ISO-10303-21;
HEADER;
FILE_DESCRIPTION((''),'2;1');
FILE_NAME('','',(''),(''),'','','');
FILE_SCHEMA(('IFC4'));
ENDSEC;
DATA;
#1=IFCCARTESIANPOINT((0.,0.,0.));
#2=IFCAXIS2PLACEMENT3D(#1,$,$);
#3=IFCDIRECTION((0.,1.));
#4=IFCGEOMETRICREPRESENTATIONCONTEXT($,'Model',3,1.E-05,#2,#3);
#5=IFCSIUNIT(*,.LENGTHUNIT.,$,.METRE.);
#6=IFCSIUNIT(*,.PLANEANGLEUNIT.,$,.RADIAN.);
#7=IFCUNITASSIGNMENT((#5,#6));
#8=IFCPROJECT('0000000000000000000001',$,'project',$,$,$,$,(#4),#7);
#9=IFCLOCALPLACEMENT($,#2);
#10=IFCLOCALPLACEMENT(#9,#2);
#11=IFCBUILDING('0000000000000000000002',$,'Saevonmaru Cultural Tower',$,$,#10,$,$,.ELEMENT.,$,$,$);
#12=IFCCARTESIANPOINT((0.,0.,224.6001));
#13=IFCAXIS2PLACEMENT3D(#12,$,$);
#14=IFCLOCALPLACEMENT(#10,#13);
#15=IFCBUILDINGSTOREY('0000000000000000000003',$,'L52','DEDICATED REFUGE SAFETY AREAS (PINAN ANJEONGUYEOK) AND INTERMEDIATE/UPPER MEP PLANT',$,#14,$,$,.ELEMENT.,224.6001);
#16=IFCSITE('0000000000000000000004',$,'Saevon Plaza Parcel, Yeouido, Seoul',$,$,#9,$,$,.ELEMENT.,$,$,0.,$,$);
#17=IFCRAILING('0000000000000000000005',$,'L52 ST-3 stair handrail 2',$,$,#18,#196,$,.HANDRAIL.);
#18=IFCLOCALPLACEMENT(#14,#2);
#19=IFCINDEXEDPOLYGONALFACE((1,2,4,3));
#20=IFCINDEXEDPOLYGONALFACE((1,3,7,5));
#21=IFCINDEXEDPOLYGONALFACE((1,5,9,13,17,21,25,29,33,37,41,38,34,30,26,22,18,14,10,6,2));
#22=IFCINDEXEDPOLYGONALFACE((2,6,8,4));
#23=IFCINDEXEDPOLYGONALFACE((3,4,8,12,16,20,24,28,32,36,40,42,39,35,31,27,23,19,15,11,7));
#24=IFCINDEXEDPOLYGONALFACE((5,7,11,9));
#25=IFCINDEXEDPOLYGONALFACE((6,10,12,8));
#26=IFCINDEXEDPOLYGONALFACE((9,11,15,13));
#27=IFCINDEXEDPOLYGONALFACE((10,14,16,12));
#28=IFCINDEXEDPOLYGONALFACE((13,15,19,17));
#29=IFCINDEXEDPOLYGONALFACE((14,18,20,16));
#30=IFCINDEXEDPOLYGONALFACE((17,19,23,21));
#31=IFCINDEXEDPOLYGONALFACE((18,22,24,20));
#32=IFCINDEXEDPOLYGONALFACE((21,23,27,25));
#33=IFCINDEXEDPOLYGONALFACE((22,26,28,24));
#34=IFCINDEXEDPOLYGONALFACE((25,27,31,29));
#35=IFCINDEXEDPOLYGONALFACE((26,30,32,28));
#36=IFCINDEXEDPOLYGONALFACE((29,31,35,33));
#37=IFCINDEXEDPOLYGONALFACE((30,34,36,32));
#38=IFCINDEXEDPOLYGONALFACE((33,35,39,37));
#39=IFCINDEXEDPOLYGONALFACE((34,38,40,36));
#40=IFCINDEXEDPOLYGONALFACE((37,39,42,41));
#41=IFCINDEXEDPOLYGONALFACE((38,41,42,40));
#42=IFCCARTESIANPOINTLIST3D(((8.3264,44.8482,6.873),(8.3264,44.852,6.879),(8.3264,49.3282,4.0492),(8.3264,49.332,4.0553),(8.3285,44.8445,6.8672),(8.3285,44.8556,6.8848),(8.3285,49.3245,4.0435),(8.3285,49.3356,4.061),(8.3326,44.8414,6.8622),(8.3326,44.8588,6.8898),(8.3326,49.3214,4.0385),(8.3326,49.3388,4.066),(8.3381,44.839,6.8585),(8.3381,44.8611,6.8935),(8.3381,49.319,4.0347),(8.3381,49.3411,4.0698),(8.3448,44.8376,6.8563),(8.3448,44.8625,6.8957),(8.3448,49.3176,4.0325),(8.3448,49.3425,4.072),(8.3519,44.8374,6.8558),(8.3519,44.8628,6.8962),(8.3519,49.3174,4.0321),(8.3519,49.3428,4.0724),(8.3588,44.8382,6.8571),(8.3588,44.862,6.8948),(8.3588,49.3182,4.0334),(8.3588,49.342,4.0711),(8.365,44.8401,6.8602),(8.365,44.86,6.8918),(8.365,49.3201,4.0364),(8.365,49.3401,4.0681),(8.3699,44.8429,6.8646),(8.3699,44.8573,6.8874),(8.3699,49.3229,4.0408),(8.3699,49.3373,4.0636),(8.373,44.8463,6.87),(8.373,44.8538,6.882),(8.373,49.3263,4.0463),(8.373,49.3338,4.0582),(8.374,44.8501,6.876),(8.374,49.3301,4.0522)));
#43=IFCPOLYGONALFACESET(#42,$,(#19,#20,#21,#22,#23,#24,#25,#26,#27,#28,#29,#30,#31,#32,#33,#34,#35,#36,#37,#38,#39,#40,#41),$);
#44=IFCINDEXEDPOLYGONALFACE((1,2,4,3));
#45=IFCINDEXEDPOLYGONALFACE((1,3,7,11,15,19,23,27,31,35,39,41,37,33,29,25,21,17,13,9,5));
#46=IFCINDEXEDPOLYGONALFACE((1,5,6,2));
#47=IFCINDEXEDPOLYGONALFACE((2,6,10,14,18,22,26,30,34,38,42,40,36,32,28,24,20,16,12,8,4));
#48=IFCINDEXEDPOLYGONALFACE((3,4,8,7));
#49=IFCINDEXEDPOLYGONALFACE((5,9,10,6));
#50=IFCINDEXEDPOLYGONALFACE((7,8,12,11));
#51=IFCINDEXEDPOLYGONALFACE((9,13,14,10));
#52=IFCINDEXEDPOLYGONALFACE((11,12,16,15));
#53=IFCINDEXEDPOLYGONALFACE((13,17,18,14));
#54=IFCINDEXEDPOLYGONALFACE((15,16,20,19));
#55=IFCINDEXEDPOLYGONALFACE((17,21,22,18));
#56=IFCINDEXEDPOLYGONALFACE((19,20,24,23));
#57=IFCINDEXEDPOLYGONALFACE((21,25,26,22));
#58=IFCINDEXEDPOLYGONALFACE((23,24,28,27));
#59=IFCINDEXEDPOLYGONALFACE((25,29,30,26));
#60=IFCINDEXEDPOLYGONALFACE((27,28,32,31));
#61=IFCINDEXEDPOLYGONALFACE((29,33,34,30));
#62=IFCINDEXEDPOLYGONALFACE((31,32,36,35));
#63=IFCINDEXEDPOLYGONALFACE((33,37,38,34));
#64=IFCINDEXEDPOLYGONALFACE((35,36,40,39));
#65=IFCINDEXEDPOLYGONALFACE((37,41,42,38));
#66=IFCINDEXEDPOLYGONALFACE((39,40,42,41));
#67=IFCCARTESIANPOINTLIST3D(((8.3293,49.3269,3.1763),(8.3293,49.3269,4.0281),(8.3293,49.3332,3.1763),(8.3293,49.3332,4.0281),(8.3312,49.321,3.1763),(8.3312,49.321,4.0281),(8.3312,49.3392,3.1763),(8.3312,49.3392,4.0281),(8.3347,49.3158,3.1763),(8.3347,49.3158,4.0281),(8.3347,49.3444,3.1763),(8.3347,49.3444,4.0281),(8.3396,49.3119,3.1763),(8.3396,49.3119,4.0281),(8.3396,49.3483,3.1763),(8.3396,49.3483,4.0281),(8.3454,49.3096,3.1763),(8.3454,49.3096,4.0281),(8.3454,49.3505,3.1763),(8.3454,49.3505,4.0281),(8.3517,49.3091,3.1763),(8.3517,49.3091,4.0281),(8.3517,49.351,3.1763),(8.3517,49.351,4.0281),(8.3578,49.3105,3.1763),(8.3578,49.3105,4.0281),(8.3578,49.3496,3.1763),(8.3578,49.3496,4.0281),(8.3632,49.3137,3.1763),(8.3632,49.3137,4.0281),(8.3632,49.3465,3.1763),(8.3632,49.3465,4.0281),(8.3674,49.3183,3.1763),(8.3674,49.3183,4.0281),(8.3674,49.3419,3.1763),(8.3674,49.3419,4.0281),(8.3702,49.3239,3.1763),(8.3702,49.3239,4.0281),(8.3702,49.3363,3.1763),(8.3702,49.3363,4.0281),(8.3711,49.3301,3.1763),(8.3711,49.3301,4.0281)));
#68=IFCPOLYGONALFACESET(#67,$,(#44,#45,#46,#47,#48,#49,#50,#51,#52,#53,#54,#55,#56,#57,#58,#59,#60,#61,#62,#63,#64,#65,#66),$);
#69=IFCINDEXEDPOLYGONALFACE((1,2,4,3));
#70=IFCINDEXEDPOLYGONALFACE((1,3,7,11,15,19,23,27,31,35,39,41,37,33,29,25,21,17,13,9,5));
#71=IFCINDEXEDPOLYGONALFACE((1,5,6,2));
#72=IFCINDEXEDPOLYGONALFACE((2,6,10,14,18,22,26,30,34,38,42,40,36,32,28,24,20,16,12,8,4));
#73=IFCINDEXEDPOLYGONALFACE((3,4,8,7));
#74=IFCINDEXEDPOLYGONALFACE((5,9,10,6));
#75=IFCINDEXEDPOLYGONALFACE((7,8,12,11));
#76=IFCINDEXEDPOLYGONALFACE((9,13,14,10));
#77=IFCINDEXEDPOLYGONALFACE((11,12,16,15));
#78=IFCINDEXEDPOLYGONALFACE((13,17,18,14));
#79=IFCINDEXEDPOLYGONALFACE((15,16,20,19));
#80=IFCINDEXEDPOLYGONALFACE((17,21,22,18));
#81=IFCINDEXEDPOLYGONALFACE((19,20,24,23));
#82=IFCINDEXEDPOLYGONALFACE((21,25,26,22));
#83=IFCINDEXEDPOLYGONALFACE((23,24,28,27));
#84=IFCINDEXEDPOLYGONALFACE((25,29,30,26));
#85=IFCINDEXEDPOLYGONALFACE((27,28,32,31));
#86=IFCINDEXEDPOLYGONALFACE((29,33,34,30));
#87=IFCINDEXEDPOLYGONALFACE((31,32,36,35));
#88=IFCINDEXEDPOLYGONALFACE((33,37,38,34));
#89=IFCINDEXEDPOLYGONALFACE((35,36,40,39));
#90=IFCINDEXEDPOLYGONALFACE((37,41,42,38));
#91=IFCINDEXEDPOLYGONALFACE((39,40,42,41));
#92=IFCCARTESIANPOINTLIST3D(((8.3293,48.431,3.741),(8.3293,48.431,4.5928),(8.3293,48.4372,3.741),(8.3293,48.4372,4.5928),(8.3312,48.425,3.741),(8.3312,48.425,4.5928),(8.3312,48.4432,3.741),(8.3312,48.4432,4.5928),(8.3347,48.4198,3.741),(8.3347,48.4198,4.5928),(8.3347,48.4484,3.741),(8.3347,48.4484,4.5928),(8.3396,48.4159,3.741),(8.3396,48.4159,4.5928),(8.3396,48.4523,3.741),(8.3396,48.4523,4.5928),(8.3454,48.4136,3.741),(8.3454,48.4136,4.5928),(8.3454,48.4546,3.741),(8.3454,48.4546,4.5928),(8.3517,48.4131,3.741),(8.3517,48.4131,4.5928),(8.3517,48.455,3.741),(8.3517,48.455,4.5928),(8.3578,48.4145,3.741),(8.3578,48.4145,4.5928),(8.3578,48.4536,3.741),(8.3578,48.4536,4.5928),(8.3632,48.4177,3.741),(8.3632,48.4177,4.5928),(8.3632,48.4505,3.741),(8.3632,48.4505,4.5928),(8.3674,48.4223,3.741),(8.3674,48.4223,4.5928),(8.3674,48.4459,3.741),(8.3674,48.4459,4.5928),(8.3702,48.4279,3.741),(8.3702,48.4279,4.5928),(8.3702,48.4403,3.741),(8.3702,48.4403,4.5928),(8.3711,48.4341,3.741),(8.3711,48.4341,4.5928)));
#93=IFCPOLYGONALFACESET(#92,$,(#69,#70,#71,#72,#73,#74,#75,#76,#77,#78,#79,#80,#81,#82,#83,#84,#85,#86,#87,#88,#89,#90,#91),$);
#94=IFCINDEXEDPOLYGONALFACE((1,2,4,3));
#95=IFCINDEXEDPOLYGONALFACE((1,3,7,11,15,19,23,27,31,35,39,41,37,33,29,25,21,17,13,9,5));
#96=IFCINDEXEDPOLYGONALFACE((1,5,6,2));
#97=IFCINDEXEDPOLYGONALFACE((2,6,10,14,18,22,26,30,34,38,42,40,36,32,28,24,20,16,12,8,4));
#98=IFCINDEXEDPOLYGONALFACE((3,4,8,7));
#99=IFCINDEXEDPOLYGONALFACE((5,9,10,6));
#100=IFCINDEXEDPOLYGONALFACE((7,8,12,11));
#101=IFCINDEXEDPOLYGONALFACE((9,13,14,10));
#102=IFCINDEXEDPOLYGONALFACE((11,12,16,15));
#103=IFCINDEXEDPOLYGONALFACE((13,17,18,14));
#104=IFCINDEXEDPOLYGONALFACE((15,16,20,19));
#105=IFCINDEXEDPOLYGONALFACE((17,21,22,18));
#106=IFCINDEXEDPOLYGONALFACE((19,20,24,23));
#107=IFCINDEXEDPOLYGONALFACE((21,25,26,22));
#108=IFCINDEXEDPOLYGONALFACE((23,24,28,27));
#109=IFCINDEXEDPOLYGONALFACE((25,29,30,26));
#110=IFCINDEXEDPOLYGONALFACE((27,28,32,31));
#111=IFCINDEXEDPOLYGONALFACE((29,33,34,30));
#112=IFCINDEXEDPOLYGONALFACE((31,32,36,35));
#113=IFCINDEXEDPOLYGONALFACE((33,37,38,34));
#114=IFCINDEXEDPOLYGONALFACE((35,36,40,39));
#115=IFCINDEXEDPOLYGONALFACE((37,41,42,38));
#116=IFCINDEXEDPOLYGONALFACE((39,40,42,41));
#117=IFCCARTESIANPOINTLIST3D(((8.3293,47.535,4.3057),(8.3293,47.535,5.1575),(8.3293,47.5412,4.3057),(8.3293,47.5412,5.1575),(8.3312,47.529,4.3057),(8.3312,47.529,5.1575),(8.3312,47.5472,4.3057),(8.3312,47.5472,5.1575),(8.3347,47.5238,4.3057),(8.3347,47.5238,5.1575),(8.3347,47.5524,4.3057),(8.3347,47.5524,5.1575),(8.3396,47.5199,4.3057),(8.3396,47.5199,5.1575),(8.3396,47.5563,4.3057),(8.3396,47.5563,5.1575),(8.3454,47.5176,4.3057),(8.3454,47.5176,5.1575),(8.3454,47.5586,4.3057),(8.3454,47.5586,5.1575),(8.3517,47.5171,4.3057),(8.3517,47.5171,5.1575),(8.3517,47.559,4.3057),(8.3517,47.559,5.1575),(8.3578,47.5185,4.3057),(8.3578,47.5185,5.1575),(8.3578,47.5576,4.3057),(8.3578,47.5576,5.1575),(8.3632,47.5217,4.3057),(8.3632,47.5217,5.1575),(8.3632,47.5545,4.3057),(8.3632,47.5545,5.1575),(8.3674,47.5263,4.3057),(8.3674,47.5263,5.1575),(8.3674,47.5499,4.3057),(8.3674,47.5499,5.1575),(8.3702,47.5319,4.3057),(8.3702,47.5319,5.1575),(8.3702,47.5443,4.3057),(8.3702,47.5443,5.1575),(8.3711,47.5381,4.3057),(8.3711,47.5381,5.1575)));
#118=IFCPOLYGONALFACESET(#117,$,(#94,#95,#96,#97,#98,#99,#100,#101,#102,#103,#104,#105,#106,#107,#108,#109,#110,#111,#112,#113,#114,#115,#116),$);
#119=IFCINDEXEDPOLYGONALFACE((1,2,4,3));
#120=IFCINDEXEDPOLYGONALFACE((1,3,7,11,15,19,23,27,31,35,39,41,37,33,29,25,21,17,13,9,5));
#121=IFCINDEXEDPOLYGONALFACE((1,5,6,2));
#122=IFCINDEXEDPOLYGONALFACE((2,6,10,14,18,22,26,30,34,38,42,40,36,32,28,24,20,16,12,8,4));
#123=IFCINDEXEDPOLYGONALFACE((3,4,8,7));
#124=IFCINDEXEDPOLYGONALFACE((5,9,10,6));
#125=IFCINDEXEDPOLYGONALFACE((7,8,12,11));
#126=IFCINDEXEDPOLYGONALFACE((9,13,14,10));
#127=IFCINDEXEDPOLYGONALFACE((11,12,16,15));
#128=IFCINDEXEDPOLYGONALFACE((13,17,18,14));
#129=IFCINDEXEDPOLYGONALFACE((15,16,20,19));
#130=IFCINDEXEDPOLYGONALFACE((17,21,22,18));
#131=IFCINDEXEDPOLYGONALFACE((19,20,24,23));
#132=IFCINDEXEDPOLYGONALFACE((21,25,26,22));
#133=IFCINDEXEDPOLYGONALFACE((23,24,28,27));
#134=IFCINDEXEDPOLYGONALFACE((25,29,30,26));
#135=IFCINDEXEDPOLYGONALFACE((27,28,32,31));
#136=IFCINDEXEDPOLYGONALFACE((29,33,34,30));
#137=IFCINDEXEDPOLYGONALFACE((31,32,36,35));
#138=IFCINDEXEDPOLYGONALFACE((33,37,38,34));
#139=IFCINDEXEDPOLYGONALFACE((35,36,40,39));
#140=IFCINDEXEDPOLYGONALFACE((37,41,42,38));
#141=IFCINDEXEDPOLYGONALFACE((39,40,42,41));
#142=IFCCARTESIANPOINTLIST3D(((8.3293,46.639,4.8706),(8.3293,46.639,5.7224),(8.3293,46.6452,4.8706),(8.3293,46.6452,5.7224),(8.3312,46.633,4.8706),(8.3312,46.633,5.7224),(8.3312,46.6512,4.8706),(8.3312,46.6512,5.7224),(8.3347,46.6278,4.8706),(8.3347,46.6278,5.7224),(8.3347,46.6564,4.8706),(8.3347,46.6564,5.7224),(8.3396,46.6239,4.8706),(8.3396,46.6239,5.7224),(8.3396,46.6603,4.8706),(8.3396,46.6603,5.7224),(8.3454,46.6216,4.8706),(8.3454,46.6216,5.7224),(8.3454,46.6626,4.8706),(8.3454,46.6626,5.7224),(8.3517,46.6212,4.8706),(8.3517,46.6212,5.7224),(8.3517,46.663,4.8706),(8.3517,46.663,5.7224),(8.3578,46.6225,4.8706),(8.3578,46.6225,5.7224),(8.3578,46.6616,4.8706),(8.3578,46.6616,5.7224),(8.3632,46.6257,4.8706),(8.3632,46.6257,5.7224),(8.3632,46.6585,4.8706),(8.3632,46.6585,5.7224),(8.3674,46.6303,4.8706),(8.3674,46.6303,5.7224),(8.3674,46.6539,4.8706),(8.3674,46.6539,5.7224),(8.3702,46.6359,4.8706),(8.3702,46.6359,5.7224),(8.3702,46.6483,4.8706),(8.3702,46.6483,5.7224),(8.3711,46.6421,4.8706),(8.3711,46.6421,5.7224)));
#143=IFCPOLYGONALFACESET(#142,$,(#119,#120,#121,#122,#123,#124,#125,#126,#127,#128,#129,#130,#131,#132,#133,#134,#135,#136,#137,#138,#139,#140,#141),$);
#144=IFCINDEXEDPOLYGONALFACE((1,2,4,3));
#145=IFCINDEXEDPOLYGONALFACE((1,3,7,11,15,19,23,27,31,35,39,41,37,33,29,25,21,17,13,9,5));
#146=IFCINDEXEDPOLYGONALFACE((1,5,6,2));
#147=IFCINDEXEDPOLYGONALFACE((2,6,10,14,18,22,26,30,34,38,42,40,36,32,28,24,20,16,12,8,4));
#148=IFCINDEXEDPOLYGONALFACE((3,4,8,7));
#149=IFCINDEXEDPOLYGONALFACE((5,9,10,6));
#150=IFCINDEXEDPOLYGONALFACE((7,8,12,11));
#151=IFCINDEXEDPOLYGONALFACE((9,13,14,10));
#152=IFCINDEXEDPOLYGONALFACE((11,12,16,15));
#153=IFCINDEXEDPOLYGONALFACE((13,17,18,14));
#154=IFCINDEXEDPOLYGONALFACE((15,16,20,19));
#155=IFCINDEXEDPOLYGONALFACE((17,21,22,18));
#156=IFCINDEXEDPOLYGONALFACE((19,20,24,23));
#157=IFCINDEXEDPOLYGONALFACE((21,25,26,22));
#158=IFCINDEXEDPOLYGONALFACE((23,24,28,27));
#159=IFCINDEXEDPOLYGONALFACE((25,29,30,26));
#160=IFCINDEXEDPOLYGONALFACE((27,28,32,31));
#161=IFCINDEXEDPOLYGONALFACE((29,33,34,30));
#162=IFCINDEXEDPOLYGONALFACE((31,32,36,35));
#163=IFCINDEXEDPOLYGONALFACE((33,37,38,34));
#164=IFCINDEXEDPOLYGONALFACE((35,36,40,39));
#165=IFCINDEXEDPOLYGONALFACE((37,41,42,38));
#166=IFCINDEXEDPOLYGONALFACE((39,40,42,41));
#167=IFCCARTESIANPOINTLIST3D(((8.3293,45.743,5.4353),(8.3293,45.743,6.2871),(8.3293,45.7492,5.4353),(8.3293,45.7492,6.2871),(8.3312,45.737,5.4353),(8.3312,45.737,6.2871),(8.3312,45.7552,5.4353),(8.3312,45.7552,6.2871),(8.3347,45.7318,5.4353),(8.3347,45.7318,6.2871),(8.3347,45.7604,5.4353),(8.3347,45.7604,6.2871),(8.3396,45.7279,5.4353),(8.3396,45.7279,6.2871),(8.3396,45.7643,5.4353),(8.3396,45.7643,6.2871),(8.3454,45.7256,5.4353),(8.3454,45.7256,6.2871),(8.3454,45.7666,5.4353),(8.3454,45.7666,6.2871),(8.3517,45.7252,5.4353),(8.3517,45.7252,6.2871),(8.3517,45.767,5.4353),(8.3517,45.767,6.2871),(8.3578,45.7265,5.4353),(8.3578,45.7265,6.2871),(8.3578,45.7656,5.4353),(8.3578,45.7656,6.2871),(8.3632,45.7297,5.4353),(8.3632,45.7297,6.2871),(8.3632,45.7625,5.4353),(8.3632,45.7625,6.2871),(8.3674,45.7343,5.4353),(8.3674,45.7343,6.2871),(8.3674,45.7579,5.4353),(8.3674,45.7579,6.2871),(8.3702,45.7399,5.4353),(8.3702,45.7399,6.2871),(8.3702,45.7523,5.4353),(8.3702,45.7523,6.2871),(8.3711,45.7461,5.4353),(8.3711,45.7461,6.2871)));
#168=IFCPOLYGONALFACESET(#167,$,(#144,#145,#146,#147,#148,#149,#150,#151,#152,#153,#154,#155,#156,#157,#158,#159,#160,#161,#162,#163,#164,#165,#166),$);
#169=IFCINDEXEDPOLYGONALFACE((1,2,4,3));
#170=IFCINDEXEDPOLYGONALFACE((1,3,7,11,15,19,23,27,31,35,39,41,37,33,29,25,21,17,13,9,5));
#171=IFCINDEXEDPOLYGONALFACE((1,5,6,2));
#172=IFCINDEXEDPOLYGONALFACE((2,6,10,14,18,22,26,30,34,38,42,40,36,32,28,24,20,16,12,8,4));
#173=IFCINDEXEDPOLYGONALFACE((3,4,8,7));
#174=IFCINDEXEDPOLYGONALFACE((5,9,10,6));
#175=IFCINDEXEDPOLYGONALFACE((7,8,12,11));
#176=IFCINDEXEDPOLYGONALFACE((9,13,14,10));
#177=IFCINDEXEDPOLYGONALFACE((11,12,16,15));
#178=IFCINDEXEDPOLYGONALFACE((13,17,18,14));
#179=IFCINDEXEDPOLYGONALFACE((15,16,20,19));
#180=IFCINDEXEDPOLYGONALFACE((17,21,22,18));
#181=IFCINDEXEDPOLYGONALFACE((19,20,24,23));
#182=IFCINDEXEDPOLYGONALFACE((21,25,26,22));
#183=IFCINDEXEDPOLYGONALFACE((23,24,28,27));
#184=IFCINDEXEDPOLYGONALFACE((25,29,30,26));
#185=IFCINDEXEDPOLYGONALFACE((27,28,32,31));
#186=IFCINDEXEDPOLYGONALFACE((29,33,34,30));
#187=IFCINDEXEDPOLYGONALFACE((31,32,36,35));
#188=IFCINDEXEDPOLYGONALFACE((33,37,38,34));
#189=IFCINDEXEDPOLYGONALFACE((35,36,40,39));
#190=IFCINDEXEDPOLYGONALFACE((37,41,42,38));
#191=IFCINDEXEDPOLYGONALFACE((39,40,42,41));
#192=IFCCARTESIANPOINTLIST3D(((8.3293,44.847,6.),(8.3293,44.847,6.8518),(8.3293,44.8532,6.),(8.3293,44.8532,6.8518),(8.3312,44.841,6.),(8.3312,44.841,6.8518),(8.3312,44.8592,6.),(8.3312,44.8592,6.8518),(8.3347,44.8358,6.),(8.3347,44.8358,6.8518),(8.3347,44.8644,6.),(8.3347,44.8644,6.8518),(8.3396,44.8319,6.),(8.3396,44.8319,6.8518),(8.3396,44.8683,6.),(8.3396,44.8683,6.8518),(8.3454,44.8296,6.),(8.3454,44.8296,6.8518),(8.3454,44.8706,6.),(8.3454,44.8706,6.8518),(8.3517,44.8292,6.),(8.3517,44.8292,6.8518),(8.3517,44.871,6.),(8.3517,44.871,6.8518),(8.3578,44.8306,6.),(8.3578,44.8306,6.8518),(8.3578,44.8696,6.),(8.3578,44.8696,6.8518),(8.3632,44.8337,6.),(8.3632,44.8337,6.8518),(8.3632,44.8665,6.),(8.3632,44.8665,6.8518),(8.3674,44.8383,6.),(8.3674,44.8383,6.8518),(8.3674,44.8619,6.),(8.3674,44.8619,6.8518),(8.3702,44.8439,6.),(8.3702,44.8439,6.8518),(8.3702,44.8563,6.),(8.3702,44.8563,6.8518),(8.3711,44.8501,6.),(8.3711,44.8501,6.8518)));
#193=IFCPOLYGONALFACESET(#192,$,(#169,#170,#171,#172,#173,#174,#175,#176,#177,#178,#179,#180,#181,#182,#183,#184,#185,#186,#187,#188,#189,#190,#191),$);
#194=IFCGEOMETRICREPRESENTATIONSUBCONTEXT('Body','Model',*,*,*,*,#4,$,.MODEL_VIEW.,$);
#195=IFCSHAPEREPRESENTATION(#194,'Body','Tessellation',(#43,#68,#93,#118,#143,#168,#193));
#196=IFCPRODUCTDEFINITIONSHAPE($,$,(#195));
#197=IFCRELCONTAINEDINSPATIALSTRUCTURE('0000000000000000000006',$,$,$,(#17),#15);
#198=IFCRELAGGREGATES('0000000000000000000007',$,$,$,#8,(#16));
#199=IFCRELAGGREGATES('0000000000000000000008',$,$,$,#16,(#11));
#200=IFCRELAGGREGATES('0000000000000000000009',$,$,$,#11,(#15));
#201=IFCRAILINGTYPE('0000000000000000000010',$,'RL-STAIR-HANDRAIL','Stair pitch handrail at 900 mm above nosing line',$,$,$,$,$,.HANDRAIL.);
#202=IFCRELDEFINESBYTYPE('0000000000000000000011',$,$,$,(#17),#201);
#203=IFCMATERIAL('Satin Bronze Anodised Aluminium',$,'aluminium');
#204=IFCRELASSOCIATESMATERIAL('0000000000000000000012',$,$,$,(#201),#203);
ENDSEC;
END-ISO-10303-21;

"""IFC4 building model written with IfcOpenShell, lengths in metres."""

from ifc_helpers import new_model, si_unit, direction, frame, origin, origin_2d, place, context, subcontext, project, spatial, circle, extrude, material, type_object, element, save


model = new_model("IFC4")

# Units and contexts
model_context = context("Model", 3, precision=1e-05, world=origin(), true_north=direction((0.0, 1.0)))
body_context = subcontext(model_context, "Body", "Model", "MODEL_VIEW")
ifc_project = project(units=[si_unit("LENGTHUNIT", "METRE"), si_unit("PLANEANGLEUNIT", "RADIAN")], contexts=[model_context])

# Site, building, storey
site_placement = place(None, origin())
site = spatial("IfcSite", under=ifc_project, at=site_placement, Name="Saevon Plaza Parcel, Yeouido, Seoul", CompositionType="ELEMENT", RefElevation=0.0)
building_placement = place(site_placement, origin())
building = spatial("IfcBuilding", under=site, at=building_placement, Name="Saevonmaru Cultural Tower", CompositionType="ELEMENT")
storey_placement = place(building_placement, frame((0.0, 0.0, 224.6001)))
storey = spatial("IfcBuildingStorey", under=building, at=storey_placement, Name="L52", Description="DEDICATED REFUGE SAFETY AREAS (PINAN ANJEONGUYEOK) AND INTERMEDIATE/UPPER MEP PLANT", CompositionType="ELEMENT", Elevation=224.6001)

# Shared definitions
ifc_material_1 = material(Name="Satin Bronze Anodised Aluminium", Category="aluminium")

# Railing
railing_type_1 = type_object("IfcRailingType", Name="RL-STAIR-HANDRAIL", Description="Stair pitch handrail at 900 mm above nosing line", PredefinedType="HANDRAIL", material=ifc_material_1)
railing_1_placement = place(storey_placement, frame((8.3501, 49.3301, 3.1763)))
element("IfcRailing", 1, at=railing_1_placement, inside=storey, type_object=railing_type_1, Name="L52 ST-3 stair handrail 2", PredefinedType="HANDRAIL", context=body_context, shape_type="SweptSolid", body=[
    extrude(circle(Radius=0.0239, at=origin_2d()), frame((0.0, 0.0, 0.876), z_axis=(0.0, -0.845977, 0.533219), x_axis=(1.0, 0.0, 0.0)), (0.0, 0.0, 1.0), 5.2957),
    extrude(circle(Radius=0.021, at=origin_2d()), origin(), (0.0, 0.0, 1.0), 0.8518),
    extrude(circle(Radius=0.021, at=origin_2d()), frame((0.0, -0.896, 0.5647)), (0.0, 0.0, 1.0), 0.8518),
    extrude(circle(Radius=0.021, at=origin_2d()), frame((0.0, -1.792, 1.1294)), (0.0, 0.0, 1.0), 0.8518),
    extrude(circle(Radius=0.021, at=origin_2d()), frame((0.0, -2.688, 1.6943)), (0.0, 0.0, 1.0), 0.8518),
    extrude(circle(Radius=0.021, at=origin_2d()), frame((0.0, -3.584, 2.259)), (0.0, 0.0, 1.0), 0.8518),
    extrude(circle(Radius=0.021, at=origin_2d()), frame((0.0, -4.48, 2.8237)), (0.0, 0.0, 1.0), 0.8518),
])

save(model, "model.ifc")
